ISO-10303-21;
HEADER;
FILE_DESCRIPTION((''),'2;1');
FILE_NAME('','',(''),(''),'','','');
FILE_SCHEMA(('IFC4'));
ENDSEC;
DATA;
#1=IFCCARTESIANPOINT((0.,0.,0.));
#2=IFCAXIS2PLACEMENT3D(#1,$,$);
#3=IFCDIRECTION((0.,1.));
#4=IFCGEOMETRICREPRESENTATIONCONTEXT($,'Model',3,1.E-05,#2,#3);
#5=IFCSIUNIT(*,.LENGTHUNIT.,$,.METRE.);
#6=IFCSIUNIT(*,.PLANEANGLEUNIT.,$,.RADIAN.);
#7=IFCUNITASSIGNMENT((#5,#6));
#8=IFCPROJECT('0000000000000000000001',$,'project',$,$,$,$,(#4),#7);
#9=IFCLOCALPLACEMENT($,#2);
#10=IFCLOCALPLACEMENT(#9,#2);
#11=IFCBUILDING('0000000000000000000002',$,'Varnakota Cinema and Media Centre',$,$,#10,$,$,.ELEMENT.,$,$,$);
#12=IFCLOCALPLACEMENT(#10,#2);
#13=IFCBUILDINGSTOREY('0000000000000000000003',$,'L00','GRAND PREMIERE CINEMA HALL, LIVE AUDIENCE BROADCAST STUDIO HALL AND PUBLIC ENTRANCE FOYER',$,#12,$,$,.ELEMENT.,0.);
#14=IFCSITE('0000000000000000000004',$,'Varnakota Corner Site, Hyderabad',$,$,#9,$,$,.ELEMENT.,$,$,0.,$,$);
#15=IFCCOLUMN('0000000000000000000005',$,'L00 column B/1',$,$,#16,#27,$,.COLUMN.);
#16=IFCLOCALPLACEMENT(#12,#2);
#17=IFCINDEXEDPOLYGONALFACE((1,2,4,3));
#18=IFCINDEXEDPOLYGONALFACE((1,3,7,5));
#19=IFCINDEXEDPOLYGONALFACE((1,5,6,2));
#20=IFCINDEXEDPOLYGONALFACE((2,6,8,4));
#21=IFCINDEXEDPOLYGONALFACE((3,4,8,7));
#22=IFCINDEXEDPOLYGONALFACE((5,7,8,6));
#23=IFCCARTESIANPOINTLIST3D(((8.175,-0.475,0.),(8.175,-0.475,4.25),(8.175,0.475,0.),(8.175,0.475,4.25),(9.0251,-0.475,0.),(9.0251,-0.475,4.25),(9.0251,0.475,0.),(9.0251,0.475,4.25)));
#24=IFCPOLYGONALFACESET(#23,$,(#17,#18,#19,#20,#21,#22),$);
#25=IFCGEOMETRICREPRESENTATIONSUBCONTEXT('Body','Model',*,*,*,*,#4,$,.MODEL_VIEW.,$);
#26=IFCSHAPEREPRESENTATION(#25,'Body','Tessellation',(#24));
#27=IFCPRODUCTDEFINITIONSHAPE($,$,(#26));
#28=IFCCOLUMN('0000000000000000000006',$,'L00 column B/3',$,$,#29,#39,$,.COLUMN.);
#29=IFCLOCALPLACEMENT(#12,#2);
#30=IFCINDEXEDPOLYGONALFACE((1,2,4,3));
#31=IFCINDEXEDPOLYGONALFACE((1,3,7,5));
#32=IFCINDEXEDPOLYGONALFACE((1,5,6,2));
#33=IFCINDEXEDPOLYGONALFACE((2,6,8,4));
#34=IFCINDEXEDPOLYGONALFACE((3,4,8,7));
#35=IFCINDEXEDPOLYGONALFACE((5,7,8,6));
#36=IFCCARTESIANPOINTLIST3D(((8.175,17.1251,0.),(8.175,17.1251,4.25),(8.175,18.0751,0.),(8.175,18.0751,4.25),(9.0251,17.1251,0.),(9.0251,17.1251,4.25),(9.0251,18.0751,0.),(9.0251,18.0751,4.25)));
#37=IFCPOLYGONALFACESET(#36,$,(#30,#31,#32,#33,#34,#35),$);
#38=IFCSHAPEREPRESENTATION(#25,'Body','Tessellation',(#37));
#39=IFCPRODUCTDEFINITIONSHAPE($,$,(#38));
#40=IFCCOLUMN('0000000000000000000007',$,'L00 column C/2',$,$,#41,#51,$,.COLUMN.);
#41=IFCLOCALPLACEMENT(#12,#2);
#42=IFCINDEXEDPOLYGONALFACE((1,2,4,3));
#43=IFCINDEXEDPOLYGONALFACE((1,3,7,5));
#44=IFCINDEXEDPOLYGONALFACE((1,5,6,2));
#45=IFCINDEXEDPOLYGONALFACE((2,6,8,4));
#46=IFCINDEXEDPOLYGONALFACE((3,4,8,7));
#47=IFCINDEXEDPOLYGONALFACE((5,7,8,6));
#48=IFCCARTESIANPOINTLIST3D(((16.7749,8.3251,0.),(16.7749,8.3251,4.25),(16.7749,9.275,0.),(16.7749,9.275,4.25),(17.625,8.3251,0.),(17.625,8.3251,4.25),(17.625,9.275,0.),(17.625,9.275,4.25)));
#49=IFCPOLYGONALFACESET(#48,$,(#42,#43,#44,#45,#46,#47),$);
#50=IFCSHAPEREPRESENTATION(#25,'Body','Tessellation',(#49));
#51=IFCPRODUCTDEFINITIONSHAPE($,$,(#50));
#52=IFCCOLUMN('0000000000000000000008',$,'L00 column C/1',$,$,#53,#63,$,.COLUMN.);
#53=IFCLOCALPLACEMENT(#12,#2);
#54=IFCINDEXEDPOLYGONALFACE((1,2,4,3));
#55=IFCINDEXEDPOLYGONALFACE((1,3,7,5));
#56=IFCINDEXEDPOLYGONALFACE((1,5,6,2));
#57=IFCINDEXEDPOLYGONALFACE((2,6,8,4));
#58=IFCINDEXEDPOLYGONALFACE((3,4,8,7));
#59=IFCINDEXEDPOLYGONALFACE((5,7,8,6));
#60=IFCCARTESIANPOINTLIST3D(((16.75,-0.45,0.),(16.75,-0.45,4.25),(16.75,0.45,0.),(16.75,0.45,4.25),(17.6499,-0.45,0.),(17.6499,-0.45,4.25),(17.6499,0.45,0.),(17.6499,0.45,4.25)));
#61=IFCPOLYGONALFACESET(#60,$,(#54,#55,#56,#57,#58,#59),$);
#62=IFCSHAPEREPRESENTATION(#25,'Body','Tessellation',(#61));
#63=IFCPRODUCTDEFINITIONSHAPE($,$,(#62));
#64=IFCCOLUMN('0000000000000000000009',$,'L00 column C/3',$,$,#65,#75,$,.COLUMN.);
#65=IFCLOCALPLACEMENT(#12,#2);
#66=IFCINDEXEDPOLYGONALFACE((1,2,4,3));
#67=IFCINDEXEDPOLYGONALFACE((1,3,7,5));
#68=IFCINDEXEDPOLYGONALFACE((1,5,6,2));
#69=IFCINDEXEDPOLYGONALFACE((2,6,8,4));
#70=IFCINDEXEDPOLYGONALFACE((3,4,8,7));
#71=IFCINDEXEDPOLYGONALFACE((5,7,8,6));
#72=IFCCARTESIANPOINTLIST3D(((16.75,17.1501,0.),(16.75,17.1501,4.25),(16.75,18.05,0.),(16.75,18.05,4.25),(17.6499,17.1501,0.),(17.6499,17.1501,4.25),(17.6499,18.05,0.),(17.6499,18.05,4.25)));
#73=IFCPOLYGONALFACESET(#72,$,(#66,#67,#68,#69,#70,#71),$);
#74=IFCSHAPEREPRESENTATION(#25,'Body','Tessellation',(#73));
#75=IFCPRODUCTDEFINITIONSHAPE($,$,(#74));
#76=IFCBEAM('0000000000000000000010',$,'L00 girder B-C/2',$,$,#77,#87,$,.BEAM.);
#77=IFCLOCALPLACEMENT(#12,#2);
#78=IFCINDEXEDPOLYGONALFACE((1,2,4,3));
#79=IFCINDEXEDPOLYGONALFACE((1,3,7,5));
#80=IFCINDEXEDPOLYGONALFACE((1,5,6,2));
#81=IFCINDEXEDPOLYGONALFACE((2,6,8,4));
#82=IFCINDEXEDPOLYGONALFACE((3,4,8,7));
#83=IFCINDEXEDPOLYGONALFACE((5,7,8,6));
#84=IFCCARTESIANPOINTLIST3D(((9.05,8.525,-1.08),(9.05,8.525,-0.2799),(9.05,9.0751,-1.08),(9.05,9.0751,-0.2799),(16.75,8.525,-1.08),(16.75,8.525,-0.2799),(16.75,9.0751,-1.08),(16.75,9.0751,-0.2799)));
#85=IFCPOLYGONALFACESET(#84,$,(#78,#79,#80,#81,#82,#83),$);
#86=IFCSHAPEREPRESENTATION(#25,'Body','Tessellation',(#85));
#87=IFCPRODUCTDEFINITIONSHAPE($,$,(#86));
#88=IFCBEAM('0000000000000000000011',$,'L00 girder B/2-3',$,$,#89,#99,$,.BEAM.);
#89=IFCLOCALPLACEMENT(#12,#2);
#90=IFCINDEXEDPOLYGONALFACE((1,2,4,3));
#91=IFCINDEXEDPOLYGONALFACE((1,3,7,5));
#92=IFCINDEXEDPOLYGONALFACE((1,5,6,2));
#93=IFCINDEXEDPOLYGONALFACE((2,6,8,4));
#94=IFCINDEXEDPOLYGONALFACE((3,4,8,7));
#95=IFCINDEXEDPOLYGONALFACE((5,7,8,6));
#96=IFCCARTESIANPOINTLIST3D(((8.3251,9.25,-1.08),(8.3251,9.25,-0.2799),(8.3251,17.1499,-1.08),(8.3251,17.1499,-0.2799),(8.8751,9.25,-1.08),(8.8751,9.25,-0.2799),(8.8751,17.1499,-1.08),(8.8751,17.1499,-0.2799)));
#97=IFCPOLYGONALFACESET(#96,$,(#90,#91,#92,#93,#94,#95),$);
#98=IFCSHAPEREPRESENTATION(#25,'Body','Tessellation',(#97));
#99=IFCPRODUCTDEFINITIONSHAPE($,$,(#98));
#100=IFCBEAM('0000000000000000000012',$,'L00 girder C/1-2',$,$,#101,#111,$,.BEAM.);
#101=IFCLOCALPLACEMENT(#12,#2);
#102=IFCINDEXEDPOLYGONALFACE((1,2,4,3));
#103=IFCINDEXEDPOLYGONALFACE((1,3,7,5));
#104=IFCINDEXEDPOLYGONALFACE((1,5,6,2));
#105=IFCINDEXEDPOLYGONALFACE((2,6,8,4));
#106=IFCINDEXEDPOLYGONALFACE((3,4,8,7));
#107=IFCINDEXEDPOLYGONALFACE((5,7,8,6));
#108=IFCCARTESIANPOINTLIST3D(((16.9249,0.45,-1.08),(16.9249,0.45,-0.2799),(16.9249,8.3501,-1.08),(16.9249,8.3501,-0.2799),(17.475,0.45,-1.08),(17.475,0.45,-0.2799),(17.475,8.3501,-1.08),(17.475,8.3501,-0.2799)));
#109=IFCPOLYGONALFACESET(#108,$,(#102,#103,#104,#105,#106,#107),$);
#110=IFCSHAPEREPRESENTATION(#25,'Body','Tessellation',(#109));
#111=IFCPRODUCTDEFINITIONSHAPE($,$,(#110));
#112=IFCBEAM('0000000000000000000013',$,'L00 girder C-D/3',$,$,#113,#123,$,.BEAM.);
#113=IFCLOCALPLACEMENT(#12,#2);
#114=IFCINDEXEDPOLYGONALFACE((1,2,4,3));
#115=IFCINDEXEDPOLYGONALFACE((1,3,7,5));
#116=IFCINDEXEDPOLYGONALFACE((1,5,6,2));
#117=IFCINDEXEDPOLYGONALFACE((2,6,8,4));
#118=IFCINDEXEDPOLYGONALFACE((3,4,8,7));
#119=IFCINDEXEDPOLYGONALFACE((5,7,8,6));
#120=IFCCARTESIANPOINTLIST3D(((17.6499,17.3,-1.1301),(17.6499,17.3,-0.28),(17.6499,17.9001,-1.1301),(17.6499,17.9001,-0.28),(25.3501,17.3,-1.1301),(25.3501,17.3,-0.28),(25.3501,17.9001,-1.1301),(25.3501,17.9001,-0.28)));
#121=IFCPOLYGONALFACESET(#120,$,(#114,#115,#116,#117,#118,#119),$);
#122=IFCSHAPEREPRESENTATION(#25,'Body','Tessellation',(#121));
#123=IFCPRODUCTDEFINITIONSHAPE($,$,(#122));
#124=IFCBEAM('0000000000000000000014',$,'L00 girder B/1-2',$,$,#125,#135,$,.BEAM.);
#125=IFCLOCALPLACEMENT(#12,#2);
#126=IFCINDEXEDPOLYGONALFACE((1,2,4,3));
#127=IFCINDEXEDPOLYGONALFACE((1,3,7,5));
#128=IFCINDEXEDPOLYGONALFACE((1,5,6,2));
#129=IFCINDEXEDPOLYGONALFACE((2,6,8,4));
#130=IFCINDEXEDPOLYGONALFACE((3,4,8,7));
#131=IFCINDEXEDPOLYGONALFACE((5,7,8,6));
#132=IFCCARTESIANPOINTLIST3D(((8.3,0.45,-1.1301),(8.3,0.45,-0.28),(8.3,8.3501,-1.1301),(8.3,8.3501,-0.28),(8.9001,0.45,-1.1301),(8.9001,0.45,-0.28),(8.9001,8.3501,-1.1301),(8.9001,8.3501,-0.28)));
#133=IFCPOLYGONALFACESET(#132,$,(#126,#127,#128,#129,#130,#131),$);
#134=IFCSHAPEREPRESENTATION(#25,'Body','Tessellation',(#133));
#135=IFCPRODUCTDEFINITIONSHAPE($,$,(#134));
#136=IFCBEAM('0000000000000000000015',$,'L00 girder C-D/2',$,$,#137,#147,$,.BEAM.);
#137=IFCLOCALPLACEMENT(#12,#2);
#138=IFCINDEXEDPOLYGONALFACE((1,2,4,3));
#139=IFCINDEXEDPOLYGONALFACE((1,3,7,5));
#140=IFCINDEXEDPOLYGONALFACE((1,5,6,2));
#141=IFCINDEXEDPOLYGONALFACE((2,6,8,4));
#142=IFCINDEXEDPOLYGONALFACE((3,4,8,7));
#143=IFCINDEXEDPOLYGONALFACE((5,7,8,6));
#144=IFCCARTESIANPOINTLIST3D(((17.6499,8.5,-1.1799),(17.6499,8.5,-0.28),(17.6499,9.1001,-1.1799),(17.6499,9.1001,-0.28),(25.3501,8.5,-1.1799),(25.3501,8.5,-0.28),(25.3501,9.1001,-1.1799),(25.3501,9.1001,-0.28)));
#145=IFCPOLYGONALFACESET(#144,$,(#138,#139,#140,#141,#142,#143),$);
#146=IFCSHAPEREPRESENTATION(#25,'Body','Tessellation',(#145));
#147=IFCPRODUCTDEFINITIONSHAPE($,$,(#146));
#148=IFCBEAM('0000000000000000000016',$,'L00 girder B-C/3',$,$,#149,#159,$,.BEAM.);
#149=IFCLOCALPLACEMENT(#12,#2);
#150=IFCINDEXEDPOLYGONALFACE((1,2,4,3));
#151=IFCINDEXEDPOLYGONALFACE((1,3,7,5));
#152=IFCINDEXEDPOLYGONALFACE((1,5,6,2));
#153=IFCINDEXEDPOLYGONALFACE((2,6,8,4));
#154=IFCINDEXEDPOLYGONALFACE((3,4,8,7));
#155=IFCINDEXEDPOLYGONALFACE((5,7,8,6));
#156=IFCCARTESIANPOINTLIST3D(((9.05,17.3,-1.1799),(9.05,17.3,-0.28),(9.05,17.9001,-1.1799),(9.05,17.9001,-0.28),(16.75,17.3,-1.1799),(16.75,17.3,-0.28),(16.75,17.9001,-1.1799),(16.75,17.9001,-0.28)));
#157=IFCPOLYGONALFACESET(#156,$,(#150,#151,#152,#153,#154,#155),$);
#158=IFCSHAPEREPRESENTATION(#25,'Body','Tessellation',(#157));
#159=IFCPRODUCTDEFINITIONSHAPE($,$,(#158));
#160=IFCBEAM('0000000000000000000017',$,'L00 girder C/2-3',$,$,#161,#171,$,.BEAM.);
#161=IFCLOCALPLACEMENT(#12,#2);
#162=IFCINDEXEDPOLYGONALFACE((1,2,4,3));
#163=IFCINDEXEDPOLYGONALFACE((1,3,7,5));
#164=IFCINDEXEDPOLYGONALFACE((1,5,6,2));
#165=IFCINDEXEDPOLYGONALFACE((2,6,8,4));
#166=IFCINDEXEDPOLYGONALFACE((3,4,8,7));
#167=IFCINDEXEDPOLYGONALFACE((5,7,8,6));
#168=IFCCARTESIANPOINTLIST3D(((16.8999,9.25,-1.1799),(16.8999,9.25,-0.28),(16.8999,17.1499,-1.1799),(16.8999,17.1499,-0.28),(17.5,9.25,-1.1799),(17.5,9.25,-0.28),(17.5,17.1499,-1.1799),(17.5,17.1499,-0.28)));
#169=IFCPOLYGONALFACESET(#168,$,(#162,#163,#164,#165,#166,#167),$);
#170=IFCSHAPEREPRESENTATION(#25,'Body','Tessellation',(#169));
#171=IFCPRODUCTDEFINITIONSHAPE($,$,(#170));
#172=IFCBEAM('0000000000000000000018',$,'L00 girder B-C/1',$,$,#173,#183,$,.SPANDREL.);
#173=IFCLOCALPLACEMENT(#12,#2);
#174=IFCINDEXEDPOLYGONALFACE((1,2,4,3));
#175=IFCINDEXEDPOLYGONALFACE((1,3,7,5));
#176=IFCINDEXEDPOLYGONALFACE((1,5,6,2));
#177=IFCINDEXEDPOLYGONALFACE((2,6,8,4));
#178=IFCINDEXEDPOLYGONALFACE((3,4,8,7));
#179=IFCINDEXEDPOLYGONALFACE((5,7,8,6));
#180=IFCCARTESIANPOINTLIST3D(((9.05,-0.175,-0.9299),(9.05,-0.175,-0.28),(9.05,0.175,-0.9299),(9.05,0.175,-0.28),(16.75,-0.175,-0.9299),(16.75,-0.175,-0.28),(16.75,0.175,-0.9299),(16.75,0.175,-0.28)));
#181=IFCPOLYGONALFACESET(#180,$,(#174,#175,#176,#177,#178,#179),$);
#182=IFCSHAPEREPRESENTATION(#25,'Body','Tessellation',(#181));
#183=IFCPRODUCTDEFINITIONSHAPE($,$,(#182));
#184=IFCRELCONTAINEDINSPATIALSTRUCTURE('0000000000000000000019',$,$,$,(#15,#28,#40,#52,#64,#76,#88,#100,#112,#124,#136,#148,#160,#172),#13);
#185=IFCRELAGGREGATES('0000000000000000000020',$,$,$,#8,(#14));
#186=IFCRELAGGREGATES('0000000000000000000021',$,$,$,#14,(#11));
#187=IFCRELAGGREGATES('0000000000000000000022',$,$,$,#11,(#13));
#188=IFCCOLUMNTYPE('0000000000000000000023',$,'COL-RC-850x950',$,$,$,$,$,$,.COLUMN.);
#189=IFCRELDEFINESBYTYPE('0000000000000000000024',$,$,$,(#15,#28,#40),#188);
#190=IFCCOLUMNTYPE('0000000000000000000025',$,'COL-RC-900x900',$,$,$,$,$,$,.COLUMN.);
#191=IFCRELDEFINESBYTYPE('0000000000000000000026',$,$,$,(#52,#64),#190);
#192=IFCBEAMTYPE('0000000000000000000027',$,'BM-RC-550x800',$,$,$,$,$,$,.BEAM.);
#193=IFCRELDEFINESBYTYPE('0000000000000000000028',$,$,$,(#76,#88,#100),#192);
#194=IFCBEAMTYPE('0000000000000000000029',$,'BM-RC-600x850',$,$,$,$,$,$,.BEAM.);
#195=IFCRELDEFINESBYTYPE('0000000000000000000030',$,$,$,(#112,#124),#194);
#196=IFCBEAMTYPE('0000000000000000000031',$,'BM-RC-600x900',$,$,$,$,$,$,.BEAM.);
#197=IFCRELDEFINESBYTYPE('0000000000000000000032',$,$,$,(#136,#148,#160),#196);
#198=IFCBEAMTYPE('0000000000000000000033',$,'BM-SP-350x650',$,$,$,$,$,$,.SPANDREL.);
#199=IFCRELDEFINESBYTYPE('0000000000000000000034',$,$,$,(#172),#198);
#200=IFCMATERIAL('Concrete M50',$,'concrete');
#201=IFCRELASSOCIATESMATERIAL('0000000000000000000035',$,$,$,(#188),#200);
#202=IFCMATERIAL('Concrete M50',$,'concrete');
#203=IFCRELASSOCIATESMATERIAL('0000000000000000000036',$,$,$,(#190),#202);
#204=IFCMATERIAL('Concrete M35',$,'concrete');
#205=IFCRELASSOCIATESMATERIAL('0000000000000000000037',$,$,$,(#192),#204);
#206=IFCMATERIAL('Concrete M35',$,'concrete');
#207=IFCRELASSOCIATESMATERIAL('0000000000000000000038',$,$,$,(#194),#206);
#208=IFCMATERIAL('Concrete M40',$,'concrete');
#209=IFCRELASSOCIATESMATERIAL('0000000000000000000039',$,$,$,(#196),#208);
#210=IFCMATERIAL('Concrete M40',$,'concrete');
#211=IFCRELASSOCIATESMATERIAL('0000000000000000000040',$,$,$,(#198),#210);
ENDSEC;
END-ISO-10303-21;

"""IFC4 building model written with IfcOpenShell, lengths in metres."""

from ifc_helpers import new_model, si_unit, direction, frame, origin, origin_2d, place, context, subcontext, project, spatial, rectangle, extrude, material, material_profile, profile_set, type_object, element, save


model = new_model("IFC4")

# Units and contexts
model_context = context("Model", 3, precision=1e-05, world=origin(), true_north=direction((0.0, 1.0)))
body_context = subcontext(model_context, "Body", "Model", "MODEL_VIEW")
ifc_project = project(units=[si_unit("LENGTHUNIT", "METRE"), si_unit("PLANEANGLEUNIT", "RADIAN")], contexts=[model_context])

# Site, building, storey
site_placement = place(None, origin())
site = spatial("IfcSite", under=ifc_project, at=site_placement, Name="Varnakota Corner Site, Hyderabad", CompositionType="ELEMENT", RefElevation=0.0)
building_placement = place(site_placement, origin())
building = spatial("IfcBuilding", under=site, at=building_placement, Name="Varnakota Cinema and Media Centre", CompositionType="ELEMENT")
storey_placement = place(building_placement, origin())
storey = spatial("IfcBuildingStorey", under=building, at=storey_placement, Name="L00", Description="GRAND PREMIERE CINEMA HALL, LIVE AUDIENCE BROADCAST STUDIO HALL AND PUBLIC ENTRANCE FOYER", CompositionType="ELEMENT", Elevation=0.0)

# Columns
ifc_material_1 = material(Name="Concrete M50", Category="concrete")
ifc_material_profile_1 = material_profile(ifc_material_1, rectangle(XDim=0.8501, YDim=0.95, at=origin_2d()), Name="RC 850x950")
ifc_profile_set_1 = profile_set([ifc_material_profile_1], Name="Concrete M50")
column_type_1 = type_object("IfcColumnType", Name="COL-RC-850x950", PredefinedType="COLUMN", material=ifc_profile_set_1)
for number, where, z_axis, x_axis, name in (
    (1, (8.6001, 0.0, 0.0), (0.0, 0.0, 1.0), (1.0, 0.0, 0.0), "L00 column B/1"),
    (2, (8.6001, 17.6001, 0.0), (0.0, 0.0, 1.0), (1.0, 0.0, 0.0), "L00 column B/3"),
    (3, (17.2, 8.8, 0.0), (0.0, 0.0, 1.0), (1.0, 0.0, 0.0), "L00 column C/2"),
):
    element("IfcColumn", number, at=place(storey_placement, frame(where, z_axis=z_axis, x_axis=x_axis)), inside=storey, type_object=column_type_1, Name=name, PredefinedType="COLUMN", context=body_context, shape_type="SweptSolid", body=[
        extrude(rectangle(XDim=0.8501, YDim=0.95, at=origin_2d()), origin(), (0.0, 0.0, 1.0), 4.25),
    ])
ifc_material_2 = material(Name="Concrete M50", Category="concrete")
ifc_material_profile_2 = material_profile(ifc_material_2, rectangle(XDim=0.8999, YDim=0.8999, at=origin_2d()), Name="RC 900x900")
ifc_profile_set_2 = profile_set([ifc_material_profile_2], Name="Concrete M50")
column_type_2 = type_object("IfcColumnType", Name="COL-RC-900x900", PredefinedType="COLUMN", material=ifc_profile_set_2)
for number, where, z_axis, x_axis, name in (
    (4, (17.2, 0.0, 0.0), (0.0, 0.0, 1.0), (1.0, 0.0, 0.0), "L00 column C/1"),
    (5, (17.2, 17.6001, 0.0), (0.0, 0.0, 1.0), (1.0, 0.0, 0.0), "L00 column C/3"),
):
    element("IfcColumn", number, at=place(storey_placement, frame(where, z_axis=z_axis, x_axis=x_axis)), inside=storey, type_object=column_type_2, Name=name, PredefinedType="COLUMN", context=body_context, shape_type="SweptSolid", body=[
        extrude(rectangle(XDim=0.8999, YDim=0.8999, at=origin_2d()), origin(), (0.0, 0.0, 1.0), 4.25),
    ])

# Beams
ifc_material_3 = material(Name="Concrete M35", Category="concrete")
ifc_material_profile_3 = material_profile(ifc_material_3, rectangle(XDim=0.55, YDim=0.8, at=origin_2d()), Name="RCB 550x800")
ifc_profile_set_3 = profile_set([ifc_material_profile_3], Name="Concrete M35")
beam_type_1 = type_object("IfcBeamType", Name="BM-RC-550x800", PredefinedType="BEAM", material=ifc_profile_set_3)
beam_1_placement = place(storey_placement, frame((9.05, 8.8, -0.6799), z_axis=(1.0, 0.0, 0.0), x_axis=(0.0, 1.0, 0.0)))
element("IfcBeam", 6, at=beam_1_placement, inside=storey, type_object=beam_type_1, Name="L00 girder B-C/2", PredefinedType="BEAM", context=body_context, shape_type="SweptSolid", body=[
    extrude(rectangle(XDim=0.55, YDim=0.8, at=origin_2d()), origin(), (0.0, 0.0, 1.0), 7.7),
])
beam_2_placement = place(storey_placement, frame((8.6001, 9.25, -0.6799), z_axis=(0.0, 1.0, 0.0), x_axis=(-1.0, 0.0, 0.0)))
element("IfcBeam", 7, at=beam_2_placement, inside=storey, type_object=beam_type_1, Name="L00 girder B/2-3", PredefinedType="BEAM", context=body_context, shape_type="SweptSolid", body=[
    extrude(rectangle(XDim=0.55, YDim=0.8, at=origin_2d()), origin(), (0.0, 0.0, 1.0), 7.8999),
])
beam_3_placement = place(storey_placement, frame((17.2, 0.45, -0.6799), z_axis=(0.0, 1.0, 0.0), x_axis=(-1.0, 0.0, 0.0)))
element("IfcBeam", 8, at=beam_3_placement, inside=storey, type_object=beam_type_1, Name="L00 girder C/1-2", PredefinedType="BEAM", context=body_context, shape_type="SweptSolid", body=[
    extrude(rectangle(XDim=0.55, YDim=0.8, at=origin_2d()), origin(), (0.0, 0.0, 1.0), 7.9001),
])
ifc_material_4 = material(Name="Concrete M35", Category="concrete")
ifc_material_profile_4 = material_profile(ifc_material_4, rectangle(XDim=0.6001, YDim=0.8501, at=origin_2d()), Name="RCB 600x850")
ifc_profile_set_4 = profile_set([ifc_material_profile_4], Name="Concrete M35")
beam_type_2 = type_object("IfcBeamType", Name="BM-RC-600x850", PredefinedType="BEAM", material=ifc_profile_set_4)
beam_4_placement = place(storey_placement, frame((17.6499, 17.6001, -0.7051), z_axis=(1.0, 0.0, 0.0), x_axis=(0.0, 1.0, 0.0)))
element("IfcBeam", 9, at=beam_4_placement, inside=storey, type_object=beam_type_2, Name="L00 girder C-D/3", PredefinedType="BEAM", context=body_context, shape_type="SweptSolid", body=[
    extrude(rectangle(XDim=0.6001, YDim=0.8501, at=origin_2d()), origin(), (0.0, 0.0, 1.0), 7.7002),
])
beam_5_placement = place(storey_placement, frame((8.6001, 0.45, -0.7051), z_axis=(0.0, 1.0, 0.0), x_axis=(-1.0, 0.0, 0.0)))
element("IfcBeam", 10, at=beam_5_placement, inside=storey, type_object=beam_type_2, Name="L00 girder B/1-2", PredefinedType="BEAM", context=body_context, shape_type="SweptSolid", body=[
    extrude(rectangle(XDim=0.6001, YDim=0.8501, at=origin_2d()), origin(), (0.0, 0.0, 1.0), 7.9001),
])
ifc_material_5 = material(Name="Concrete M40", Category="concrete")
ifc_material_profile_5 = material_profile(ifc_material_5, rectangle(XDim=0.6001, YDim=0.8999, at=origin_2d()), Name="RCB 600x900")
ifc_profile_set_5 = profile_set([ifc_material_profile_5], Name="Concrete M40")
beam_type_3 = type_object("IfcBeamType", Name="BM-RC-600x900", PredefinedType="BEAM", material=ifc_profile_set_5)
beam_6_placement = place(storey_placement, frame((17.6499, 8.8, -0.73), z_axis=(1.0, 0.0, 0.0), x_axis=(0.0, 1.0, 0.0)))
element("IfcBeam", 11, at=beam_6_placement, inside=storey, type_object=beam_type_3, Name="L00 girder C-D/2", PredefinedType="BEAM", context=body_context, shape_type="SweptSolid", body=[
    extrude(rectangle(XDim=0.6001, YDim=0.8999, at=origin_2d()), origin(), (0.0, 0.0, 1.0), 7.7002),
])
beam_7_placement = place(storey_placement, frame((9.05, 17.6001, -0.73), z_axis=(1.0, 0.0, 0.0), x_axis=(0.0, 1.0, 0.0)))
element("IfcBeam", 12, at=beam_7_placement, inside=storey, type_object=beam_type_3, Name="L00 girder B-C/3", PredefinedType="BEAM", context=body_context, shape_type="SweptSolid", body=[
    extrude(rectangle(XDim=0.6001, YDim=0.8999, at=origin_2d()), origin(), (0.0, 0.0, 1.0), 7.7),
])
beam_8_placement = place(storey_placement, frame((17.2, 9.25, -0.73), z_axis=(0.0, 1.0, 0.0), x_axis=(-1.0, 0.0, 0.0)))
element("IfcBeam", 13, at=beam_8_placement, inside=storey, type_object=beam_type_3, Name="L00 girder C/2-3", PredefinedType="BEAM", context=body_context, shape_type="SweptSolid", body=[
    extrude(rectangle(XDim=0.6001, YDim=0.8999, at=origin_2d()), origin(), (0.0, 0.0, 1.0), 7.8999),
])
ifc_material_6 = material(Name="Concrete M40", Category="concrete")
ifc_material_profile_6 = material_profile(ifc_material_6, rectangle(XDim=0.3501, YDim=0.6499, at=origin_2d()), Name="RCB 350x650")
ifc_profile_set_6 = profile_set([ifc_material_profile_6], Name="Concrete M40")
beam_type_4 = type_object("IfcBeamType", Name="BM-SP-350x650", PredefinedType="SPANDREL", material=ifc_profile_set_6)
beam_9_placement = place(storey_placement, frame((9.05, 0.0, -0.605), z_axis=(1.0, 0.0, 0.0), x_axis=(0.0, 1.0, 0.0)))
element("IfcBeam", 14, at=beam_9_placement, inside=storey, type_object=beam_type_4, Name="L00 girder B-C/1", PredefinedType="SPANDREL", context=body_context, shape_type="SweptSolid", body=[
    extrude(rectangle(XDim=0.3501, YDim=0.6499, at=origin_2d()), origin(), (0.0, 0.0, 1.0), 7.7),
])

save(model, "model.ifc")
